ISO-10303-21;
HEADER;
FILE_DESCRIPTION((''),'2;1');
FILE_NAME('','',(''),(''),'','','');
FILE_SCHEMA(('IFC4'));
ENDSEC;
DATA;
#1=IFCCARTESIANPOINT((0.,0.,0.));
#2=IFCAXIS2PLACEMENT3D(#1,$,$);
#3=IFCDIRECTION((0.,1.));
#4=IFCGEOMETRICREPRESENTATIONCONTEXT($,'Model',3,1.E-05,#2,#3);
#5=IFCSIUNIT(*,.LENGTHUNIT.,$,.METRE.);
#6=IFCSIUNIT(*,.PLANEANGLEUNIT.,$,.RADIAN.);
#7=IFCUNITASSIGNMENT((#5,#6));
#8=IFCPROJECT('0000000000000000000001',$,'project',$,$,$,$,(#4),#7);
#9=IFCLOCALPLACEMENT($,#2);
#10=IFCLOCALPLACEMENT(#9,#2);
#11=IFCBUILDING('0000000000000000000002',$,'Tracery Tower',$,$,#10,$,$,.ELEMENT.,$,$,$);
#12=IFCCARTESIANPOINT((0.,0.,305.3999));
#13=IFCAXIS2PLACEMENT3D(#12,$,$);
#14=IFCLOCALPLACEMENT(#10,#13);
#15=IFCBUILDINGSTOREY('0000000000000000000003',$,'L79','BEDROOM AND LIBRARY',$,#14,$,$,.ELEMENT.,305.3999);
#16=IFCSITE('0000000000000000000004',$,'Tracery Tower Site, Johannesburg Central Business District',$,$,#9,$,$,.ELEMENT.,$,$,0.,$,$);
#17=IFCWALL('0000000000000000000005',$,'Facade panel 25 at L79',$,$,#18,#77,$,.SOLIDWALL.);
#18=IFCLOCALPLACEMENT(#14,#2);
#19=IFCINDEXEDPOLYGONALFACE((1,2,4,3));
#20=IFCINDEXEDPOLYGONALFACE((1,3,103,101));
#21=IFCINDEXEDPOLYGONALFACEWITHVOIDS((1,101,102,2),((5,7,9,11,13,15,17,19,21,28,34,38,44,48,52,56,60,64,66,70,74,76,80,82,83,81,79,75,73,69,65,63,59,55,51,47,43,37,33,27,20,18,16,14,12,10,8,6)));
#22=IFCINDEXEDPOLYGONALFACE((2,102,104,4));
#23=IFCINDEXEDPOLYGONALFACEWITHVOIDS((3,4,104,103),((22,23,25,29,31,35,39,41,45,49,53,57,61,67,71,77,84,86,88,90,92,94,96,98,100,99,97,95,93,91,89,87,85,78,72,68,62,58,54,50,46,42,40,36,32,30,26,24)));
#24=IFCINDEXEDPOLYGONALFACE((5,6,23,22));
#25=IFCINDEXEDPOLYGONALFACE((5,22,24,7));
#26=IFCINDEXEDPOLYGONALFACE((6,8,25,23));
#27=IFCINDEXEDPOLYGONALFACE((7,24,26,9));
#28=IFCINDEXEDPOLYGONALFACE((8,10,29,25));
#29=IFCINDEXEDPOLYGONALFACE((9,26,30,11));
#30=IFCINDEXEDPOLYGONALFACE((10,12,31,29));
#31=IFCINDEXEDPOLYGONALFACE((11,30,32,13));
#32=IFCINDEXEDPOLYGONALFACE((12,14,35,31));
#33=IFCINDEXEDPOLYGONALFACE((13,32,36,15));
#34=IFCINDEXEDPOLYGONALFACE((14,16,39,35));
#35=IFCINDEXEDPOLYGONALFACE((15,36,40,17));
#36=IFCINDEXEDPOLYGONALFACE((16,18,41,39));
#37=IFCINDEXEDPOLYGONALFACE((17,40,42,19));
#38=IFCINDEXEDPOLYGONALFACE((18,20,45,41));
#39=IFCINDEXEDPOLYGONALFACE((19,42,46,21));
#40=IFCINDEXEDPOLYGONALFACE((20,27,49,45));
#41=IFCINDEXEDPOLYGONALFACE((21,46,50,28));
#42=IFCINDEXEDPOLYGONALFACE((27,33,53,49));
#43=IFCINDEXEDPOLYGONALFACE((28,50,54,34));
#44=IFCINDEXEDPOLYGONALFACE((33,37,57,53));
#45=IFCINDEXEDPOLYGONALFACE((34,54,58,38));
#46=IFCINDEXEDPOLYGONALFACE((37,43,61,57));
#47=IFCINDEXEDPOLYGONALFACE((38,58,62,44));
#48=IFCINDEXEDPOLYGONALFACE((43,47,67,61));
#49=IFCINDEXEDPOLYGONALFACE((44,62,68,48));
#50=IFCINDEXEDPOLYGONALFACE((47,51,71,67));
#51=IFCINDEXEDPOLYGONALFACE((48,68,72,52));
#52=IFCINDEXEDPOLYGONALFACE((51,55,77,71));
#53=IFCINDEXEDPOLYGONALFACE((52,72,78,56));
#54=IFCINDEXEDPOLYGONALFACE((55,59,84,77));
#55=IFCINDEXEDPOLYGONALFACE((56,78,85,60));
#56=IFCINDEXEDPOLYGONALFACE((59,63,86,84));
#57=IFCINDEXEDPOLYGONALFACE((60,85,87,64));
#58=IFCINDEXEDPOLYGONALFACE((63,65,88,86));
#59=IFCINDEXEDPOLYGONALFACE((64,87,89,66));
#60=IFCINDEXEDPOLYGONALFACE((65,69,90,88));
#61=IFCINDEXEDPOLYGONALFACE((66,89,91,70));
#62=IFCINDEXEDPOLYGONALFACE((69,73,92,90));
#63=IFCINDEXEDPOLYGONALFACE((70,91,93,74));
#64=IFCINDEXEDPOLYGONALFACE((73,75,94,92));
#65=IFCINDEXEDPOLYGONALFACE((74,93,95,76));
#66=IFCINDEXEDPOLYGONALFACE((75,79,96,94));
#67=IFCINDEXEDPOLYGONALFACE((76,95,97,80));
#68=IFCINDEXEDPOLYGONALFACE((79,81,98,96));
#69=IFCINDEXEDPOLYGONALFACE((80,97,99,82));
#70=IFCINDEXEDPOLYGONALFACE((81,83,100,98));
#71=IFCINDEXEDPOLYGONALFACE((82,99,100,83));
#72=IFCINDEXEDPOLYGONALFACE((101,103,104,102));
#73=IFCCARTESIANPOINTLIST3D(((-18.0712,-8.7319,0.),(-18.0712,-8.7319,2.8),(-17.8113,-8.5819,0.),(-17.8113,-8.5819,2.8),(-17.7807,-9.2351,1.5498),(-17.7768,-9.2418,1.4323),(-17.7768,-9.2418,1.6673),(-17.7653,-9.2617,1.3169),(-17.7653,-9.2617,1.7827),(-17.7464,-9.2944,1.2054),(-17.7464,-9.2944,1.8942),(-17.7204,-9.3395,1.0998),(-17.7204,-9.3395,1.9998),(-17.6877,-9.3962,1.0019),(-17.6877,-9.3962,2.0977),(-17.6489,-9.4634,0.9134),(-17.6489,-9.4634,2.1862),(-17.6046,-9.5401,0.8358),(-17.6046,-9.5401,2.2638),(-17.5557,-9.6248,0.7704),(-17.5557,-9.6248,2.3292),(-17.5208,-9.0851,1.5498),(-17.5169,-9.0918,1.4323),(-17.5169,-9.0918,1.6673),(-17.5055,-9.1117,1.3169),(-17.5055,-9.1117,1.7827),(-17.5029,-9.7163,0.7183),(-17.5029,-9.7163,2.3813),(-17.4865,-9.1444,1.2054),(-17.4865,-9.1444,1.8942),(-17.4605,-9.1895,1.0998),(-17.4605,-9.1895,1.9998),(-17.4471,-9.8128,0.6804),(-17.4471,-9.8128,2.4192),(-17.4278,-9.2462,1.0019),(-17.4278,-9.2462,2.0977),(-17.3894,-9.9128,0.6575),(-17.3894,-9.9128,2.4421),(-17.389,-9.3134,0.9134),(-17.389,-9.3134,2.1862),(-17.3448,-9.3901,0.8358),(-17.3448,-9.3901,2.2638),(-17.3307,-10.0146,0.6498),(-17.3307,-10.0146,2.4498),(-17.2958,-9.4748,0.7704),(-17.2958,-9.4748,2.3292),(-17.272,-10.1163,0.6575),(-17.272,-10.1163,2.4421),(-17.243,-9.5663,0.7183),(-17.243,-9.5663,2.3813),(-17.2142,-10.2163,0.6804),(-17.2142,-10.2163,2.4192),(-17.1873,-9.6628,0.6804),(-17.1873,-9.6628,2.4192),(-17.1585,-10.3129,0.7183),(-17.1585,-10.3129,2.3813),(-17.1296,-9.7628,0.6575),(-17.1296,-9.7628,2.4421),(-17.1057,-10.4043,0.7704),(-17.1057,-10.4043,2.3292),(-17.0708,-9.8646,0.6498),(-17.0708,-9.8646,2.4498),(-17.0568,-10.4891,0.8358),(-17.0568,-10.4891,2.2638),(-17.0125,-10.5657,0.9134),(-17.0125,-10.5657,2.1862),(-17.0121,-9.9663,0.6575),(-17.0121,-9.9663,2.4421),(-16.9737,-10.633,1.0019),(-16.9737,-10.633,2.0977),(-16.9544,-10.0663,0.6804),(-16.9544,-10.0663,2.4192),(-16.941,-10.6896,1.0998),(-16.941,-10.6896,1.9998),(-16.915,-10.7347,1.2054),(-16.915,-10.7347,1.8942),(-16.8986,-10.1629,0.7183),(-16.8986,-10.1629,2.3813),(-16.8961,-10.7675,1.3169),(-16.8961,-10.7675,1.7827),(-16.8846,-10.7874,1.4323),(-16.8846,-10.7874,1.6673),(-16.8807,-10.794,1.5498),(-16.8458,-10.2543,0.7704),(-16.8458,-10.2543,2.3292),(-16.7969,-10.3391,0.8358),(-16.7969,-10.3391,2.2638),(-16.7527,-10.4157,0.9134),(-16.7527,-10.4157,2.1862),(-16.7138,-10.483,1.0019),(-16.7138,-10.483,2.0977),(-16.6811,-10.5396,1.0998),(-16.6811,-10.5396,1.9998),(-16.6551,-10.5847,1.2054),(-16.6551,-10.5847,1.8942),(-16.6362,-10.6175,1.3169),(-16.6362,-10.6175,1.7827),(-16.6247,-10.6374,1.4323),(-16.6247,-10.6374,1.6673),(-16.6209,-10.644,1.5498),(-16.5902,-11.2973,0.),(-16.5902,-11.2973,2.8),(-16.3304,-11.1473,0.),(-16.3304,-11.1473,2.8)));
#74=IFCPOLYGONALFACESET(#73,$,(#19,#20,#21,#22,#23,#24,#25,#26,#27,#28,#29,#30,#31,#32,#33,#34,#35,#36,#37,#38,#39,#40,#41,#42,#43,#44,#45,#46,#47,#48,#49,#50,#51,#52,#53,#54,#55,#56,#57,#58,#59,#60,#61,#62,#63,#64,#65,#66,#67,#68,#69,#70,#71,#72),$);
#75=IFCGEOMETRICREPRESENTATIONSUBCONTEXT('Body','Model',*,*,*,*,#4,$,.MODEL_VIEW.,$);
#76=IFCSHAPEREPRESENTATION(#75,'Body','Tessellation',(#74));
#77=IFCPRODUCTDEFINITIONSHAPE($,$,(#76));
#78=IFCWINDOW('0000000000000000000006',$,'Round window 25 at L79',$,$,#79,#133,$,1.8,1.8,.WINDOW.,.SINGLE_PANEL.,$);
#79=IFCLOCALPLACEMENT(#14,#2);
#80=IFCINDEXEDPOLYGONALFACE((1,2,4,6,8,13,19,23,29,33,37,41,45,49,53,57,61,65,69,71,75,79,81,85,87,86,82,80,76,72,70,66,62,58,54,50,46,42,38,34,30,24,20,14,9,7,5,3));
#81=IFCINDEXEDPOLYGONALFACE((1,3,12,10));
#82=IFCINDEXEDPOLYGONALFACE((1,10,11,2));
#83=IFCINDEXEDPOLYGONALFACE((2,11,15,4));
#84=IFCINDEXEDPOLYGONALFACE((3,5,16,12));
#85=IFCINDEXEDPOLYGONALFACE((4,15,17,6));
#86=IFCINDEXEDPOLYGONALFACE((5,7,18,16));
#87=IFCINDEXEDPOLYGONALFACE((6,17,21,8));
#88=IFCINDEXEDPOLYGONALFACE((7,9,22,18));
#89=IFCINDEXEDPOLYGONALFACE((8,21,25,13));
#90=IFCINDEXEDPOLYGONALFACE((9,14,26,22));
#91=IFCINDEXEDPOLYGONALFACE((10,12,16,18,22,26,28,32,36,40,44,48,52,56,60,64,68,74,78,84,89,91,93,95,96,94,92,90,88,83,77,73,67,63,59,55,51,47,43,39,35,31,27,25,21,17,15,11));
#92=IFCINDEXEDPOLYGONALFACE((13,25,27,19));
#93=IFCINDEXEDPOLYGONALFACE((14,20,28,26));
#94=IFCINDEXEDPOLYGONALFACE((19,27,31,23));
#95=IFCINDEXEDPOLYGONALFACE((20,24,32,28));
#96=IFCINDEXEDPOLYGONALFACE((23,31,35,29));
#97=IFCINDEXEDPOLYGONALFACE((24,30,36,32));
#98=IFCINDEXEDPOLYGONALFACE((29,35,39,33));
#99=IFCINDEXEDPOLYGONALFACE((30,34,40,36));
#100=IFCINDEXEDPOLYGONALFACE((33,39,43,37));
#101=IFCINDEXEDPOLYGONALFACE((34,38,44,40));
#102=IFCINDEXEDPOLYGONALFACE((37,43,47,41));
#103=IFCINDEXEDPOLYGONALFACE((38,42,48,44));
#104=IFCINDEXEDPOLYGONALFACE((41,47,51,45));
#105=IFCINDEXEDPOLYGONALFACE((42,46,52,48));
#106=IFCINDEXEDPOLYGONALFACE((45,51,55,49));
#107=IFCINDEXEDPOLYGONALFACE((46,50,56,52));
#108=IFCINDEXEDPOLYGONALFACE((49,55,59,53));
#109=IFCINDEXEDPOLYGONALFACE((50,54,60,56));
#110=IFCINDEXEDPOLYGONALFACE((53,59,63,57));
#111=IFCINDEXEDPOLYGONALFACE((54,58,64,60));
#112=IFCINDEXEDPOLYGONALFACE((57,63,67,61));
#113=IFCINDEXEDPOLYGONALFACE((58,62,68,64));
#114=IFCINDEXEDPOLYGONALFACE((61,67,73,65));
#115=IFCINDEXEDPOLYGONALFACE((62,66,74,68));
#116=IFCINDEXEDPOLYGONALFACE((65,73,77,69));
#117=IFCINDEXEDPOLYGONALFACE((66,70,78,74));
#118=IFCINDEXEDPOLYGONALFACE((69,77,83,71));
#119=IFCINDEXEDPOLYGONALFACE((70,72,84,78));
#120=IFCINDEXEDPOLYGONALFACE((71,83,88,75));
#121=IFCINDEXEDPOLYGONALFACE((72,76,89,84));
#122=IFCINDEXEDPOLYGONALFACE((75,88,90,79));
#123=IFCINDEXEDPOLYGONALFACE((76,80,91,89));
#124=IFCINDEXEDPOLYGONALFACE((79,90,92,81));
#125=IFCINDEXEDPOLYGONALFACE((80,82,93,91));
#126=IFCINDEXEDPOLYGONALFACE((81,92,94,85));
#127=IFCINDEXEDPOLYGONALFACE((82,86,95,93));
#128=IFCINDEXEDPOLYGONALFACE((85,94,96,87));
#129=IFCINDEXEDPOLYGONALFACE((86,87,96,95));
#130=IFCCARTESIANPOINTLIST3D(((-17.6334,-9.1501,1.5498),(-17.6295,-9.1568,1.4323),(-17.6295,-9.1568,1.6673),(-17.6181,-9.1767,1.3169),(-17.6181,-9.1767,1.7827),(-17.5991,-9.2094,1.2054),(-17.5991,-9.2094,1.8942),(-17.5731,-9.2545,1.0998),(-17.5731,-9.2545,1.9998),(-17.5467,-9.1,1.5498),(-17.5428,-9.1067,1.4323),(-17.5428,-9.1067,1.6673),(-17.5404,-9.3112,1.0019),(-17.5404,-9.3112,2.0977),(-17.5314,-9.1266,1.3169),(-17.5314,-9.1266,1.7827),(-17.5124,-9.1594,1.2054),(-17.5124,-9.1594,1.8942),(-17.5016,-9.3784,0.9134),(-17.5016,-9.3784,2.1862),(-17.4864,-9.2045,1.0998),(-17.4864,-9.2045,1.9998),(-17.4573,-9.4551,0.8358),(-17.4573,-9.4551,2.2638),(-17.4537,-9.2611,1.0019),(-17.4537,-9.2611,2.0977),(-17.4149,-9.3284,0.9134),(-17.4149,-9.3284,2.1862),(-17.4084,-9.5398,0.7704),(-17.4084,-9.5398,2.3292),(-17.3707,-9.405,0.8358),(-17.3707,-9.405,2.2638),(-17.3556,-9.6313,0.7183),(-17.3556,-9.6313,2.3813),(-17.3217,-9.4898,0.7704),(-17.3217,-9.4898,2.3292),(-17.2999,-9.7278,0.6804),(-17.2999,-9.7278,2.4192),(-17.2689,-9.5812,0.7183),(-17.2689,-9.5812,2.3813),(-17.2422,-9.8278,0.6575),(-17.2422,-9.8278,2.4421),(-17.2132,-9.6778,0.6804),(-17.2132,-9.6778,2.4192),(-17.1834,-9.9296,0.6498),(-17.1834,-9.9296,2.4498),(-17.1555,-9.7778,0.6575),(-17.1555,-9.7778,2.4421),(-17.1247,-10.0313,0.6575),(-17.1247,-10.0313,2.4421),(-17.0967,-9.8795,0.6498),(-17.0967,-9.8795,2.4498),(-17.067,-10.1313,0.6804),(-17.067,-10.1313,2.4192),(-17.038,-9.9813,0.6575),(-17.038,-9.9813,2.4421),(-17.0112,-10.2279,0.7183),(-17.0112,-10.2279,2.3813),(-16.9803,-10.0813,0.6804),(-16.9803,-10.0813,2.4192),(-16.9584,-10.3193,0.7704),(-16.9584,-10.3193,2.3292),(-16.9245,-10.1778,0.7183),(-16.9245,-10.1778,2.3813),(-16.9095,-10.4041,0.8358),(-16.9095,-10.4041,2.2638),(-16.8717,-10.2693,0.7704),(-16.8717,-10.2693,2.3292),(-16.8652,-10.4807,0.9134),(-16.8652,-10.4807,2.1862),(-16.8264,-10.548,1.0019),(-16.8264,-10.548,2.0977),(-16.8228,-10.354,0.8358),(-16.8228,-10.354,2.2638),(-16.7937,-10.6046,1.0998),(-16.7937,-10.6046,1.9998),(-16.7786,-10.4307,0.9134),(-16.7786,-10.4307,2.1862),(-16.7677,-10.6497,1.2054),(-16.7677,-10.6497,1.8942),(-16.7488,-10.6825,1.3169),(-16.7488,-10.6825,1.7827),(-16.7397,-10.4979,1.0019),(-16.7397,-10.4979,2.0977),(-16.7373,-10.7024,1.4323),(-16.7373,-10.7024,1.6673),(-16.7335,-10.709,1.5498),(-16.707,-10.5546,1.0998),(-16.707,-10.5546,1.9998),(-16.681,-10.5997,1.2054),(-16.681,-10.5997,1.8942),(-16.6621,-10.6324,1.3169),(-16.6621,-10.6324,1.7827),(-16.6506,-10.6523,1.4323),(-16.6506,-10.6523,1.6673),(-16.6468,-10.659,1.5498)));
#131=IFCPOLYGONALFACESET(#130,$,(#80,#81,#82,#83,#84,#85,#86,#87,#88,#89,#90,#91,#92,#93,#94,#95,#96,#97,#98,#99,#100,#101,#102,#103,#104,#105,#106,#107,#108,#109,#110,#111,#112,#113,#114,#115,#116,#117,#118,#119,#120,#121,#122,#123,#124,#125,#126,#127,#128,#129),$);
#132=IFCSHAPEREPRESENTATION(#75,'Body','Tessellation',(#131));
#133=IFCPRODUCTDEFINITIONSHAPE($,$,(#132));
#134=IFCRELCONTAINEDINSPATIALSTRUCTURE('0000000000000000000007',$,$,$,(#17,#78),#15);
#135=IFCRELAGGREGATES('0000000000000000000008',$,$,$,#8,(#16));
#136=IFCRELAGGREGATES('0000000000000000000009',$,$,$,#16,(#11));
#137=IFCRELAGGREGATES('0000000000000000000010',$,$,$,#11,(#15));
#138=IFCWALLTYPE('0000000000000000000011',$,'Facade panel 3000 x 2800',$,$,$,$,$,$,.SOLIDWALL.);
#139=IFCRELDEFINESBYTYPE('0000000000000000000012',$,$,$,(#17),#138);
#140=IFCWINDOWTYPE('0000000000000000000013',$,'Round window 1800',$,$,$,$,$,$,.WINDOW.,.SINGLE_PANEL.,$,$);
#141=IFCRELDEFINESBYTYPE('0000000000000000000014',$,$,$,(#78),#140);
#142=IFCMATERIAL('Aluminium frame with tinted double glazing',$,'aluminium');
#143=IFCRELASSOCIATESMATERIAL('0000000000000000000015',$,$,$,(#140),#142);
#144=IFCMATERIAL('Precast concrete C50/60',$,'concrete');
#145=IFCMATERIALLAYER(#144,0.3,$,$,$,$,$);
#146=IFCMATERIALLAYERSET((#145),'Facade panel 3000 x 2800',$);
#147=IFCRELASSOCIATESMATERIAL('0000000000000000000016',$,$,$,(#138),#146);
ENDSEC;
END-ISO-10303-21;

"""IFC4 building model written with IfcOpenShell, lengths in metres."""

from ifc_helpers import new_model, si_unit, direction, frame, frame_2d, origin, origin_2d, place, context, subcontext, project, spatial, rectangle, circle, extrude, material, layer, layer_set, type_object, element, fill, save


model = new_model("IFC4")

# Units and contexts
model_context = context("Model", 3, precision=1e-05, world=origin(), true_north=direction((0.0, 1.0)))
body_context = subcontext(model_context, "Body", "Model", "MODEL_VIEW")
ifc_project = project(units=[si_unit("LENGTHUNIT", "METRE"), si_unit("PLANEANGLEUNIT", "RADIAN")], contexts=[model_context])

# Site, building, storey
site_placement = place(None, origin())
site = spatial("IfcSite", under=ifc_project, at=site_placement, Name="Tracery Tower Site, Johannesburg Central Business District", CompositionType="ELEMENT", RefElevation=0.0)
building_placement = place(site_placement, origin())
building = spatial("IfcBuilding", under=site, at=building_placement, Name="Tracery Tower", CompositionType="ELEMENT")
storey_placement = place(building_placement, frame((0.0, 0.0, 305.3999)))
storey = spatial("IfcBuildingStorey", under=building, at=storey_placement, Name="L79", Description="BEDROOM AND LIBRARY", CompositionType="ELEMENT", Elevation=305.3999)

# Wall, opening, window
ifc_material_1 = material(Name="Aluminium frame with tinted double glazing", Category="aluminium")
window_type = type_object("IfcWindowType", Name="Round window 1800", PartitioningType="SINGLE_PANEL", PredefinedType="WINDOW", material=ifc_material_1)
ifc_material_2 = material(Name="Precast concrete C50/60", Category="concrete")
ifc_layer_1 = layer(ifc_material_2, 0.3)
ifc_layer_set_1 = layer_set([ifc_layer_1], Name="Facade panel 3000 x 2800")
wall_type_1 = type_object("IfcWallType", Name="Facade panel 3000 x 2800", PredefinedType="SOLIDWALL", material=ifc_layer_set_1)
wall_1_placement = place(storey_placement, frame((-17.9412, -8.657, 0.0), z_axis=(0.0, 0.0, 1.0), x_axis=(0.499951, -0.866054, 0.0)))
wall_1 = element("IfcWall", 1, at=wall_1_placement, inside=storey, type_object=wall_type_1, Name="Facade panel 25 at L79", PredefinedType="SOLIDWALL", context=body_context, shape_type="SweptSolid", body=[
    extrude(rectangle(XDim=2.9622, YDim=0.3, at=frame_2d((1.481, 0.0))), origin(), (0.0, 0.0, 1.0), 2.8),
])
opening_1_placement = place(wall_1_placement, frame((1.481, 0.0, 1.5498)))
opening_1 = element("IfcOpeningElement", 2, at=opening_1_placement, cuts=wall_1, PredefinedType="OPENING", context=body_context, shape_type="SweptSolid", body=[
    extrude(circle(Radius=0.9, at=origin_2d()), frame((0.0, 0.1599, 0.0), z_axis=(0.0, -1.0, 0.0), x_axis=(1.0, 0.0, 0.0)), (0.0, 0.0, 1.0), 0.3201),
])
window_1_placement = place(opening_1_placement, origin())
window_1 = element("IfcWindow", 3, at=window_1_placement, inside=storey, type_object=window_type, Name="Round window 25 at L79", OverallHeight=1.8, OverallWidth=1.8, PartitioningType="SINGLE_PANEL", PredefinedType="WINDOW", context=body_context, shape_type="SweptSolid", body=[
    extrude(circle(Radius=0.9, at=origin_2d()), frame((0.0, 0.1201, 0.0), z_axis=(0.0, -1.0, 0.0), x_axis=(1.0, 0.0, 0.0)), (0.0, 0.0, 1.0), 0.1001),
])
fill(opening_1, window_1)

save(model, "model.ifc")
